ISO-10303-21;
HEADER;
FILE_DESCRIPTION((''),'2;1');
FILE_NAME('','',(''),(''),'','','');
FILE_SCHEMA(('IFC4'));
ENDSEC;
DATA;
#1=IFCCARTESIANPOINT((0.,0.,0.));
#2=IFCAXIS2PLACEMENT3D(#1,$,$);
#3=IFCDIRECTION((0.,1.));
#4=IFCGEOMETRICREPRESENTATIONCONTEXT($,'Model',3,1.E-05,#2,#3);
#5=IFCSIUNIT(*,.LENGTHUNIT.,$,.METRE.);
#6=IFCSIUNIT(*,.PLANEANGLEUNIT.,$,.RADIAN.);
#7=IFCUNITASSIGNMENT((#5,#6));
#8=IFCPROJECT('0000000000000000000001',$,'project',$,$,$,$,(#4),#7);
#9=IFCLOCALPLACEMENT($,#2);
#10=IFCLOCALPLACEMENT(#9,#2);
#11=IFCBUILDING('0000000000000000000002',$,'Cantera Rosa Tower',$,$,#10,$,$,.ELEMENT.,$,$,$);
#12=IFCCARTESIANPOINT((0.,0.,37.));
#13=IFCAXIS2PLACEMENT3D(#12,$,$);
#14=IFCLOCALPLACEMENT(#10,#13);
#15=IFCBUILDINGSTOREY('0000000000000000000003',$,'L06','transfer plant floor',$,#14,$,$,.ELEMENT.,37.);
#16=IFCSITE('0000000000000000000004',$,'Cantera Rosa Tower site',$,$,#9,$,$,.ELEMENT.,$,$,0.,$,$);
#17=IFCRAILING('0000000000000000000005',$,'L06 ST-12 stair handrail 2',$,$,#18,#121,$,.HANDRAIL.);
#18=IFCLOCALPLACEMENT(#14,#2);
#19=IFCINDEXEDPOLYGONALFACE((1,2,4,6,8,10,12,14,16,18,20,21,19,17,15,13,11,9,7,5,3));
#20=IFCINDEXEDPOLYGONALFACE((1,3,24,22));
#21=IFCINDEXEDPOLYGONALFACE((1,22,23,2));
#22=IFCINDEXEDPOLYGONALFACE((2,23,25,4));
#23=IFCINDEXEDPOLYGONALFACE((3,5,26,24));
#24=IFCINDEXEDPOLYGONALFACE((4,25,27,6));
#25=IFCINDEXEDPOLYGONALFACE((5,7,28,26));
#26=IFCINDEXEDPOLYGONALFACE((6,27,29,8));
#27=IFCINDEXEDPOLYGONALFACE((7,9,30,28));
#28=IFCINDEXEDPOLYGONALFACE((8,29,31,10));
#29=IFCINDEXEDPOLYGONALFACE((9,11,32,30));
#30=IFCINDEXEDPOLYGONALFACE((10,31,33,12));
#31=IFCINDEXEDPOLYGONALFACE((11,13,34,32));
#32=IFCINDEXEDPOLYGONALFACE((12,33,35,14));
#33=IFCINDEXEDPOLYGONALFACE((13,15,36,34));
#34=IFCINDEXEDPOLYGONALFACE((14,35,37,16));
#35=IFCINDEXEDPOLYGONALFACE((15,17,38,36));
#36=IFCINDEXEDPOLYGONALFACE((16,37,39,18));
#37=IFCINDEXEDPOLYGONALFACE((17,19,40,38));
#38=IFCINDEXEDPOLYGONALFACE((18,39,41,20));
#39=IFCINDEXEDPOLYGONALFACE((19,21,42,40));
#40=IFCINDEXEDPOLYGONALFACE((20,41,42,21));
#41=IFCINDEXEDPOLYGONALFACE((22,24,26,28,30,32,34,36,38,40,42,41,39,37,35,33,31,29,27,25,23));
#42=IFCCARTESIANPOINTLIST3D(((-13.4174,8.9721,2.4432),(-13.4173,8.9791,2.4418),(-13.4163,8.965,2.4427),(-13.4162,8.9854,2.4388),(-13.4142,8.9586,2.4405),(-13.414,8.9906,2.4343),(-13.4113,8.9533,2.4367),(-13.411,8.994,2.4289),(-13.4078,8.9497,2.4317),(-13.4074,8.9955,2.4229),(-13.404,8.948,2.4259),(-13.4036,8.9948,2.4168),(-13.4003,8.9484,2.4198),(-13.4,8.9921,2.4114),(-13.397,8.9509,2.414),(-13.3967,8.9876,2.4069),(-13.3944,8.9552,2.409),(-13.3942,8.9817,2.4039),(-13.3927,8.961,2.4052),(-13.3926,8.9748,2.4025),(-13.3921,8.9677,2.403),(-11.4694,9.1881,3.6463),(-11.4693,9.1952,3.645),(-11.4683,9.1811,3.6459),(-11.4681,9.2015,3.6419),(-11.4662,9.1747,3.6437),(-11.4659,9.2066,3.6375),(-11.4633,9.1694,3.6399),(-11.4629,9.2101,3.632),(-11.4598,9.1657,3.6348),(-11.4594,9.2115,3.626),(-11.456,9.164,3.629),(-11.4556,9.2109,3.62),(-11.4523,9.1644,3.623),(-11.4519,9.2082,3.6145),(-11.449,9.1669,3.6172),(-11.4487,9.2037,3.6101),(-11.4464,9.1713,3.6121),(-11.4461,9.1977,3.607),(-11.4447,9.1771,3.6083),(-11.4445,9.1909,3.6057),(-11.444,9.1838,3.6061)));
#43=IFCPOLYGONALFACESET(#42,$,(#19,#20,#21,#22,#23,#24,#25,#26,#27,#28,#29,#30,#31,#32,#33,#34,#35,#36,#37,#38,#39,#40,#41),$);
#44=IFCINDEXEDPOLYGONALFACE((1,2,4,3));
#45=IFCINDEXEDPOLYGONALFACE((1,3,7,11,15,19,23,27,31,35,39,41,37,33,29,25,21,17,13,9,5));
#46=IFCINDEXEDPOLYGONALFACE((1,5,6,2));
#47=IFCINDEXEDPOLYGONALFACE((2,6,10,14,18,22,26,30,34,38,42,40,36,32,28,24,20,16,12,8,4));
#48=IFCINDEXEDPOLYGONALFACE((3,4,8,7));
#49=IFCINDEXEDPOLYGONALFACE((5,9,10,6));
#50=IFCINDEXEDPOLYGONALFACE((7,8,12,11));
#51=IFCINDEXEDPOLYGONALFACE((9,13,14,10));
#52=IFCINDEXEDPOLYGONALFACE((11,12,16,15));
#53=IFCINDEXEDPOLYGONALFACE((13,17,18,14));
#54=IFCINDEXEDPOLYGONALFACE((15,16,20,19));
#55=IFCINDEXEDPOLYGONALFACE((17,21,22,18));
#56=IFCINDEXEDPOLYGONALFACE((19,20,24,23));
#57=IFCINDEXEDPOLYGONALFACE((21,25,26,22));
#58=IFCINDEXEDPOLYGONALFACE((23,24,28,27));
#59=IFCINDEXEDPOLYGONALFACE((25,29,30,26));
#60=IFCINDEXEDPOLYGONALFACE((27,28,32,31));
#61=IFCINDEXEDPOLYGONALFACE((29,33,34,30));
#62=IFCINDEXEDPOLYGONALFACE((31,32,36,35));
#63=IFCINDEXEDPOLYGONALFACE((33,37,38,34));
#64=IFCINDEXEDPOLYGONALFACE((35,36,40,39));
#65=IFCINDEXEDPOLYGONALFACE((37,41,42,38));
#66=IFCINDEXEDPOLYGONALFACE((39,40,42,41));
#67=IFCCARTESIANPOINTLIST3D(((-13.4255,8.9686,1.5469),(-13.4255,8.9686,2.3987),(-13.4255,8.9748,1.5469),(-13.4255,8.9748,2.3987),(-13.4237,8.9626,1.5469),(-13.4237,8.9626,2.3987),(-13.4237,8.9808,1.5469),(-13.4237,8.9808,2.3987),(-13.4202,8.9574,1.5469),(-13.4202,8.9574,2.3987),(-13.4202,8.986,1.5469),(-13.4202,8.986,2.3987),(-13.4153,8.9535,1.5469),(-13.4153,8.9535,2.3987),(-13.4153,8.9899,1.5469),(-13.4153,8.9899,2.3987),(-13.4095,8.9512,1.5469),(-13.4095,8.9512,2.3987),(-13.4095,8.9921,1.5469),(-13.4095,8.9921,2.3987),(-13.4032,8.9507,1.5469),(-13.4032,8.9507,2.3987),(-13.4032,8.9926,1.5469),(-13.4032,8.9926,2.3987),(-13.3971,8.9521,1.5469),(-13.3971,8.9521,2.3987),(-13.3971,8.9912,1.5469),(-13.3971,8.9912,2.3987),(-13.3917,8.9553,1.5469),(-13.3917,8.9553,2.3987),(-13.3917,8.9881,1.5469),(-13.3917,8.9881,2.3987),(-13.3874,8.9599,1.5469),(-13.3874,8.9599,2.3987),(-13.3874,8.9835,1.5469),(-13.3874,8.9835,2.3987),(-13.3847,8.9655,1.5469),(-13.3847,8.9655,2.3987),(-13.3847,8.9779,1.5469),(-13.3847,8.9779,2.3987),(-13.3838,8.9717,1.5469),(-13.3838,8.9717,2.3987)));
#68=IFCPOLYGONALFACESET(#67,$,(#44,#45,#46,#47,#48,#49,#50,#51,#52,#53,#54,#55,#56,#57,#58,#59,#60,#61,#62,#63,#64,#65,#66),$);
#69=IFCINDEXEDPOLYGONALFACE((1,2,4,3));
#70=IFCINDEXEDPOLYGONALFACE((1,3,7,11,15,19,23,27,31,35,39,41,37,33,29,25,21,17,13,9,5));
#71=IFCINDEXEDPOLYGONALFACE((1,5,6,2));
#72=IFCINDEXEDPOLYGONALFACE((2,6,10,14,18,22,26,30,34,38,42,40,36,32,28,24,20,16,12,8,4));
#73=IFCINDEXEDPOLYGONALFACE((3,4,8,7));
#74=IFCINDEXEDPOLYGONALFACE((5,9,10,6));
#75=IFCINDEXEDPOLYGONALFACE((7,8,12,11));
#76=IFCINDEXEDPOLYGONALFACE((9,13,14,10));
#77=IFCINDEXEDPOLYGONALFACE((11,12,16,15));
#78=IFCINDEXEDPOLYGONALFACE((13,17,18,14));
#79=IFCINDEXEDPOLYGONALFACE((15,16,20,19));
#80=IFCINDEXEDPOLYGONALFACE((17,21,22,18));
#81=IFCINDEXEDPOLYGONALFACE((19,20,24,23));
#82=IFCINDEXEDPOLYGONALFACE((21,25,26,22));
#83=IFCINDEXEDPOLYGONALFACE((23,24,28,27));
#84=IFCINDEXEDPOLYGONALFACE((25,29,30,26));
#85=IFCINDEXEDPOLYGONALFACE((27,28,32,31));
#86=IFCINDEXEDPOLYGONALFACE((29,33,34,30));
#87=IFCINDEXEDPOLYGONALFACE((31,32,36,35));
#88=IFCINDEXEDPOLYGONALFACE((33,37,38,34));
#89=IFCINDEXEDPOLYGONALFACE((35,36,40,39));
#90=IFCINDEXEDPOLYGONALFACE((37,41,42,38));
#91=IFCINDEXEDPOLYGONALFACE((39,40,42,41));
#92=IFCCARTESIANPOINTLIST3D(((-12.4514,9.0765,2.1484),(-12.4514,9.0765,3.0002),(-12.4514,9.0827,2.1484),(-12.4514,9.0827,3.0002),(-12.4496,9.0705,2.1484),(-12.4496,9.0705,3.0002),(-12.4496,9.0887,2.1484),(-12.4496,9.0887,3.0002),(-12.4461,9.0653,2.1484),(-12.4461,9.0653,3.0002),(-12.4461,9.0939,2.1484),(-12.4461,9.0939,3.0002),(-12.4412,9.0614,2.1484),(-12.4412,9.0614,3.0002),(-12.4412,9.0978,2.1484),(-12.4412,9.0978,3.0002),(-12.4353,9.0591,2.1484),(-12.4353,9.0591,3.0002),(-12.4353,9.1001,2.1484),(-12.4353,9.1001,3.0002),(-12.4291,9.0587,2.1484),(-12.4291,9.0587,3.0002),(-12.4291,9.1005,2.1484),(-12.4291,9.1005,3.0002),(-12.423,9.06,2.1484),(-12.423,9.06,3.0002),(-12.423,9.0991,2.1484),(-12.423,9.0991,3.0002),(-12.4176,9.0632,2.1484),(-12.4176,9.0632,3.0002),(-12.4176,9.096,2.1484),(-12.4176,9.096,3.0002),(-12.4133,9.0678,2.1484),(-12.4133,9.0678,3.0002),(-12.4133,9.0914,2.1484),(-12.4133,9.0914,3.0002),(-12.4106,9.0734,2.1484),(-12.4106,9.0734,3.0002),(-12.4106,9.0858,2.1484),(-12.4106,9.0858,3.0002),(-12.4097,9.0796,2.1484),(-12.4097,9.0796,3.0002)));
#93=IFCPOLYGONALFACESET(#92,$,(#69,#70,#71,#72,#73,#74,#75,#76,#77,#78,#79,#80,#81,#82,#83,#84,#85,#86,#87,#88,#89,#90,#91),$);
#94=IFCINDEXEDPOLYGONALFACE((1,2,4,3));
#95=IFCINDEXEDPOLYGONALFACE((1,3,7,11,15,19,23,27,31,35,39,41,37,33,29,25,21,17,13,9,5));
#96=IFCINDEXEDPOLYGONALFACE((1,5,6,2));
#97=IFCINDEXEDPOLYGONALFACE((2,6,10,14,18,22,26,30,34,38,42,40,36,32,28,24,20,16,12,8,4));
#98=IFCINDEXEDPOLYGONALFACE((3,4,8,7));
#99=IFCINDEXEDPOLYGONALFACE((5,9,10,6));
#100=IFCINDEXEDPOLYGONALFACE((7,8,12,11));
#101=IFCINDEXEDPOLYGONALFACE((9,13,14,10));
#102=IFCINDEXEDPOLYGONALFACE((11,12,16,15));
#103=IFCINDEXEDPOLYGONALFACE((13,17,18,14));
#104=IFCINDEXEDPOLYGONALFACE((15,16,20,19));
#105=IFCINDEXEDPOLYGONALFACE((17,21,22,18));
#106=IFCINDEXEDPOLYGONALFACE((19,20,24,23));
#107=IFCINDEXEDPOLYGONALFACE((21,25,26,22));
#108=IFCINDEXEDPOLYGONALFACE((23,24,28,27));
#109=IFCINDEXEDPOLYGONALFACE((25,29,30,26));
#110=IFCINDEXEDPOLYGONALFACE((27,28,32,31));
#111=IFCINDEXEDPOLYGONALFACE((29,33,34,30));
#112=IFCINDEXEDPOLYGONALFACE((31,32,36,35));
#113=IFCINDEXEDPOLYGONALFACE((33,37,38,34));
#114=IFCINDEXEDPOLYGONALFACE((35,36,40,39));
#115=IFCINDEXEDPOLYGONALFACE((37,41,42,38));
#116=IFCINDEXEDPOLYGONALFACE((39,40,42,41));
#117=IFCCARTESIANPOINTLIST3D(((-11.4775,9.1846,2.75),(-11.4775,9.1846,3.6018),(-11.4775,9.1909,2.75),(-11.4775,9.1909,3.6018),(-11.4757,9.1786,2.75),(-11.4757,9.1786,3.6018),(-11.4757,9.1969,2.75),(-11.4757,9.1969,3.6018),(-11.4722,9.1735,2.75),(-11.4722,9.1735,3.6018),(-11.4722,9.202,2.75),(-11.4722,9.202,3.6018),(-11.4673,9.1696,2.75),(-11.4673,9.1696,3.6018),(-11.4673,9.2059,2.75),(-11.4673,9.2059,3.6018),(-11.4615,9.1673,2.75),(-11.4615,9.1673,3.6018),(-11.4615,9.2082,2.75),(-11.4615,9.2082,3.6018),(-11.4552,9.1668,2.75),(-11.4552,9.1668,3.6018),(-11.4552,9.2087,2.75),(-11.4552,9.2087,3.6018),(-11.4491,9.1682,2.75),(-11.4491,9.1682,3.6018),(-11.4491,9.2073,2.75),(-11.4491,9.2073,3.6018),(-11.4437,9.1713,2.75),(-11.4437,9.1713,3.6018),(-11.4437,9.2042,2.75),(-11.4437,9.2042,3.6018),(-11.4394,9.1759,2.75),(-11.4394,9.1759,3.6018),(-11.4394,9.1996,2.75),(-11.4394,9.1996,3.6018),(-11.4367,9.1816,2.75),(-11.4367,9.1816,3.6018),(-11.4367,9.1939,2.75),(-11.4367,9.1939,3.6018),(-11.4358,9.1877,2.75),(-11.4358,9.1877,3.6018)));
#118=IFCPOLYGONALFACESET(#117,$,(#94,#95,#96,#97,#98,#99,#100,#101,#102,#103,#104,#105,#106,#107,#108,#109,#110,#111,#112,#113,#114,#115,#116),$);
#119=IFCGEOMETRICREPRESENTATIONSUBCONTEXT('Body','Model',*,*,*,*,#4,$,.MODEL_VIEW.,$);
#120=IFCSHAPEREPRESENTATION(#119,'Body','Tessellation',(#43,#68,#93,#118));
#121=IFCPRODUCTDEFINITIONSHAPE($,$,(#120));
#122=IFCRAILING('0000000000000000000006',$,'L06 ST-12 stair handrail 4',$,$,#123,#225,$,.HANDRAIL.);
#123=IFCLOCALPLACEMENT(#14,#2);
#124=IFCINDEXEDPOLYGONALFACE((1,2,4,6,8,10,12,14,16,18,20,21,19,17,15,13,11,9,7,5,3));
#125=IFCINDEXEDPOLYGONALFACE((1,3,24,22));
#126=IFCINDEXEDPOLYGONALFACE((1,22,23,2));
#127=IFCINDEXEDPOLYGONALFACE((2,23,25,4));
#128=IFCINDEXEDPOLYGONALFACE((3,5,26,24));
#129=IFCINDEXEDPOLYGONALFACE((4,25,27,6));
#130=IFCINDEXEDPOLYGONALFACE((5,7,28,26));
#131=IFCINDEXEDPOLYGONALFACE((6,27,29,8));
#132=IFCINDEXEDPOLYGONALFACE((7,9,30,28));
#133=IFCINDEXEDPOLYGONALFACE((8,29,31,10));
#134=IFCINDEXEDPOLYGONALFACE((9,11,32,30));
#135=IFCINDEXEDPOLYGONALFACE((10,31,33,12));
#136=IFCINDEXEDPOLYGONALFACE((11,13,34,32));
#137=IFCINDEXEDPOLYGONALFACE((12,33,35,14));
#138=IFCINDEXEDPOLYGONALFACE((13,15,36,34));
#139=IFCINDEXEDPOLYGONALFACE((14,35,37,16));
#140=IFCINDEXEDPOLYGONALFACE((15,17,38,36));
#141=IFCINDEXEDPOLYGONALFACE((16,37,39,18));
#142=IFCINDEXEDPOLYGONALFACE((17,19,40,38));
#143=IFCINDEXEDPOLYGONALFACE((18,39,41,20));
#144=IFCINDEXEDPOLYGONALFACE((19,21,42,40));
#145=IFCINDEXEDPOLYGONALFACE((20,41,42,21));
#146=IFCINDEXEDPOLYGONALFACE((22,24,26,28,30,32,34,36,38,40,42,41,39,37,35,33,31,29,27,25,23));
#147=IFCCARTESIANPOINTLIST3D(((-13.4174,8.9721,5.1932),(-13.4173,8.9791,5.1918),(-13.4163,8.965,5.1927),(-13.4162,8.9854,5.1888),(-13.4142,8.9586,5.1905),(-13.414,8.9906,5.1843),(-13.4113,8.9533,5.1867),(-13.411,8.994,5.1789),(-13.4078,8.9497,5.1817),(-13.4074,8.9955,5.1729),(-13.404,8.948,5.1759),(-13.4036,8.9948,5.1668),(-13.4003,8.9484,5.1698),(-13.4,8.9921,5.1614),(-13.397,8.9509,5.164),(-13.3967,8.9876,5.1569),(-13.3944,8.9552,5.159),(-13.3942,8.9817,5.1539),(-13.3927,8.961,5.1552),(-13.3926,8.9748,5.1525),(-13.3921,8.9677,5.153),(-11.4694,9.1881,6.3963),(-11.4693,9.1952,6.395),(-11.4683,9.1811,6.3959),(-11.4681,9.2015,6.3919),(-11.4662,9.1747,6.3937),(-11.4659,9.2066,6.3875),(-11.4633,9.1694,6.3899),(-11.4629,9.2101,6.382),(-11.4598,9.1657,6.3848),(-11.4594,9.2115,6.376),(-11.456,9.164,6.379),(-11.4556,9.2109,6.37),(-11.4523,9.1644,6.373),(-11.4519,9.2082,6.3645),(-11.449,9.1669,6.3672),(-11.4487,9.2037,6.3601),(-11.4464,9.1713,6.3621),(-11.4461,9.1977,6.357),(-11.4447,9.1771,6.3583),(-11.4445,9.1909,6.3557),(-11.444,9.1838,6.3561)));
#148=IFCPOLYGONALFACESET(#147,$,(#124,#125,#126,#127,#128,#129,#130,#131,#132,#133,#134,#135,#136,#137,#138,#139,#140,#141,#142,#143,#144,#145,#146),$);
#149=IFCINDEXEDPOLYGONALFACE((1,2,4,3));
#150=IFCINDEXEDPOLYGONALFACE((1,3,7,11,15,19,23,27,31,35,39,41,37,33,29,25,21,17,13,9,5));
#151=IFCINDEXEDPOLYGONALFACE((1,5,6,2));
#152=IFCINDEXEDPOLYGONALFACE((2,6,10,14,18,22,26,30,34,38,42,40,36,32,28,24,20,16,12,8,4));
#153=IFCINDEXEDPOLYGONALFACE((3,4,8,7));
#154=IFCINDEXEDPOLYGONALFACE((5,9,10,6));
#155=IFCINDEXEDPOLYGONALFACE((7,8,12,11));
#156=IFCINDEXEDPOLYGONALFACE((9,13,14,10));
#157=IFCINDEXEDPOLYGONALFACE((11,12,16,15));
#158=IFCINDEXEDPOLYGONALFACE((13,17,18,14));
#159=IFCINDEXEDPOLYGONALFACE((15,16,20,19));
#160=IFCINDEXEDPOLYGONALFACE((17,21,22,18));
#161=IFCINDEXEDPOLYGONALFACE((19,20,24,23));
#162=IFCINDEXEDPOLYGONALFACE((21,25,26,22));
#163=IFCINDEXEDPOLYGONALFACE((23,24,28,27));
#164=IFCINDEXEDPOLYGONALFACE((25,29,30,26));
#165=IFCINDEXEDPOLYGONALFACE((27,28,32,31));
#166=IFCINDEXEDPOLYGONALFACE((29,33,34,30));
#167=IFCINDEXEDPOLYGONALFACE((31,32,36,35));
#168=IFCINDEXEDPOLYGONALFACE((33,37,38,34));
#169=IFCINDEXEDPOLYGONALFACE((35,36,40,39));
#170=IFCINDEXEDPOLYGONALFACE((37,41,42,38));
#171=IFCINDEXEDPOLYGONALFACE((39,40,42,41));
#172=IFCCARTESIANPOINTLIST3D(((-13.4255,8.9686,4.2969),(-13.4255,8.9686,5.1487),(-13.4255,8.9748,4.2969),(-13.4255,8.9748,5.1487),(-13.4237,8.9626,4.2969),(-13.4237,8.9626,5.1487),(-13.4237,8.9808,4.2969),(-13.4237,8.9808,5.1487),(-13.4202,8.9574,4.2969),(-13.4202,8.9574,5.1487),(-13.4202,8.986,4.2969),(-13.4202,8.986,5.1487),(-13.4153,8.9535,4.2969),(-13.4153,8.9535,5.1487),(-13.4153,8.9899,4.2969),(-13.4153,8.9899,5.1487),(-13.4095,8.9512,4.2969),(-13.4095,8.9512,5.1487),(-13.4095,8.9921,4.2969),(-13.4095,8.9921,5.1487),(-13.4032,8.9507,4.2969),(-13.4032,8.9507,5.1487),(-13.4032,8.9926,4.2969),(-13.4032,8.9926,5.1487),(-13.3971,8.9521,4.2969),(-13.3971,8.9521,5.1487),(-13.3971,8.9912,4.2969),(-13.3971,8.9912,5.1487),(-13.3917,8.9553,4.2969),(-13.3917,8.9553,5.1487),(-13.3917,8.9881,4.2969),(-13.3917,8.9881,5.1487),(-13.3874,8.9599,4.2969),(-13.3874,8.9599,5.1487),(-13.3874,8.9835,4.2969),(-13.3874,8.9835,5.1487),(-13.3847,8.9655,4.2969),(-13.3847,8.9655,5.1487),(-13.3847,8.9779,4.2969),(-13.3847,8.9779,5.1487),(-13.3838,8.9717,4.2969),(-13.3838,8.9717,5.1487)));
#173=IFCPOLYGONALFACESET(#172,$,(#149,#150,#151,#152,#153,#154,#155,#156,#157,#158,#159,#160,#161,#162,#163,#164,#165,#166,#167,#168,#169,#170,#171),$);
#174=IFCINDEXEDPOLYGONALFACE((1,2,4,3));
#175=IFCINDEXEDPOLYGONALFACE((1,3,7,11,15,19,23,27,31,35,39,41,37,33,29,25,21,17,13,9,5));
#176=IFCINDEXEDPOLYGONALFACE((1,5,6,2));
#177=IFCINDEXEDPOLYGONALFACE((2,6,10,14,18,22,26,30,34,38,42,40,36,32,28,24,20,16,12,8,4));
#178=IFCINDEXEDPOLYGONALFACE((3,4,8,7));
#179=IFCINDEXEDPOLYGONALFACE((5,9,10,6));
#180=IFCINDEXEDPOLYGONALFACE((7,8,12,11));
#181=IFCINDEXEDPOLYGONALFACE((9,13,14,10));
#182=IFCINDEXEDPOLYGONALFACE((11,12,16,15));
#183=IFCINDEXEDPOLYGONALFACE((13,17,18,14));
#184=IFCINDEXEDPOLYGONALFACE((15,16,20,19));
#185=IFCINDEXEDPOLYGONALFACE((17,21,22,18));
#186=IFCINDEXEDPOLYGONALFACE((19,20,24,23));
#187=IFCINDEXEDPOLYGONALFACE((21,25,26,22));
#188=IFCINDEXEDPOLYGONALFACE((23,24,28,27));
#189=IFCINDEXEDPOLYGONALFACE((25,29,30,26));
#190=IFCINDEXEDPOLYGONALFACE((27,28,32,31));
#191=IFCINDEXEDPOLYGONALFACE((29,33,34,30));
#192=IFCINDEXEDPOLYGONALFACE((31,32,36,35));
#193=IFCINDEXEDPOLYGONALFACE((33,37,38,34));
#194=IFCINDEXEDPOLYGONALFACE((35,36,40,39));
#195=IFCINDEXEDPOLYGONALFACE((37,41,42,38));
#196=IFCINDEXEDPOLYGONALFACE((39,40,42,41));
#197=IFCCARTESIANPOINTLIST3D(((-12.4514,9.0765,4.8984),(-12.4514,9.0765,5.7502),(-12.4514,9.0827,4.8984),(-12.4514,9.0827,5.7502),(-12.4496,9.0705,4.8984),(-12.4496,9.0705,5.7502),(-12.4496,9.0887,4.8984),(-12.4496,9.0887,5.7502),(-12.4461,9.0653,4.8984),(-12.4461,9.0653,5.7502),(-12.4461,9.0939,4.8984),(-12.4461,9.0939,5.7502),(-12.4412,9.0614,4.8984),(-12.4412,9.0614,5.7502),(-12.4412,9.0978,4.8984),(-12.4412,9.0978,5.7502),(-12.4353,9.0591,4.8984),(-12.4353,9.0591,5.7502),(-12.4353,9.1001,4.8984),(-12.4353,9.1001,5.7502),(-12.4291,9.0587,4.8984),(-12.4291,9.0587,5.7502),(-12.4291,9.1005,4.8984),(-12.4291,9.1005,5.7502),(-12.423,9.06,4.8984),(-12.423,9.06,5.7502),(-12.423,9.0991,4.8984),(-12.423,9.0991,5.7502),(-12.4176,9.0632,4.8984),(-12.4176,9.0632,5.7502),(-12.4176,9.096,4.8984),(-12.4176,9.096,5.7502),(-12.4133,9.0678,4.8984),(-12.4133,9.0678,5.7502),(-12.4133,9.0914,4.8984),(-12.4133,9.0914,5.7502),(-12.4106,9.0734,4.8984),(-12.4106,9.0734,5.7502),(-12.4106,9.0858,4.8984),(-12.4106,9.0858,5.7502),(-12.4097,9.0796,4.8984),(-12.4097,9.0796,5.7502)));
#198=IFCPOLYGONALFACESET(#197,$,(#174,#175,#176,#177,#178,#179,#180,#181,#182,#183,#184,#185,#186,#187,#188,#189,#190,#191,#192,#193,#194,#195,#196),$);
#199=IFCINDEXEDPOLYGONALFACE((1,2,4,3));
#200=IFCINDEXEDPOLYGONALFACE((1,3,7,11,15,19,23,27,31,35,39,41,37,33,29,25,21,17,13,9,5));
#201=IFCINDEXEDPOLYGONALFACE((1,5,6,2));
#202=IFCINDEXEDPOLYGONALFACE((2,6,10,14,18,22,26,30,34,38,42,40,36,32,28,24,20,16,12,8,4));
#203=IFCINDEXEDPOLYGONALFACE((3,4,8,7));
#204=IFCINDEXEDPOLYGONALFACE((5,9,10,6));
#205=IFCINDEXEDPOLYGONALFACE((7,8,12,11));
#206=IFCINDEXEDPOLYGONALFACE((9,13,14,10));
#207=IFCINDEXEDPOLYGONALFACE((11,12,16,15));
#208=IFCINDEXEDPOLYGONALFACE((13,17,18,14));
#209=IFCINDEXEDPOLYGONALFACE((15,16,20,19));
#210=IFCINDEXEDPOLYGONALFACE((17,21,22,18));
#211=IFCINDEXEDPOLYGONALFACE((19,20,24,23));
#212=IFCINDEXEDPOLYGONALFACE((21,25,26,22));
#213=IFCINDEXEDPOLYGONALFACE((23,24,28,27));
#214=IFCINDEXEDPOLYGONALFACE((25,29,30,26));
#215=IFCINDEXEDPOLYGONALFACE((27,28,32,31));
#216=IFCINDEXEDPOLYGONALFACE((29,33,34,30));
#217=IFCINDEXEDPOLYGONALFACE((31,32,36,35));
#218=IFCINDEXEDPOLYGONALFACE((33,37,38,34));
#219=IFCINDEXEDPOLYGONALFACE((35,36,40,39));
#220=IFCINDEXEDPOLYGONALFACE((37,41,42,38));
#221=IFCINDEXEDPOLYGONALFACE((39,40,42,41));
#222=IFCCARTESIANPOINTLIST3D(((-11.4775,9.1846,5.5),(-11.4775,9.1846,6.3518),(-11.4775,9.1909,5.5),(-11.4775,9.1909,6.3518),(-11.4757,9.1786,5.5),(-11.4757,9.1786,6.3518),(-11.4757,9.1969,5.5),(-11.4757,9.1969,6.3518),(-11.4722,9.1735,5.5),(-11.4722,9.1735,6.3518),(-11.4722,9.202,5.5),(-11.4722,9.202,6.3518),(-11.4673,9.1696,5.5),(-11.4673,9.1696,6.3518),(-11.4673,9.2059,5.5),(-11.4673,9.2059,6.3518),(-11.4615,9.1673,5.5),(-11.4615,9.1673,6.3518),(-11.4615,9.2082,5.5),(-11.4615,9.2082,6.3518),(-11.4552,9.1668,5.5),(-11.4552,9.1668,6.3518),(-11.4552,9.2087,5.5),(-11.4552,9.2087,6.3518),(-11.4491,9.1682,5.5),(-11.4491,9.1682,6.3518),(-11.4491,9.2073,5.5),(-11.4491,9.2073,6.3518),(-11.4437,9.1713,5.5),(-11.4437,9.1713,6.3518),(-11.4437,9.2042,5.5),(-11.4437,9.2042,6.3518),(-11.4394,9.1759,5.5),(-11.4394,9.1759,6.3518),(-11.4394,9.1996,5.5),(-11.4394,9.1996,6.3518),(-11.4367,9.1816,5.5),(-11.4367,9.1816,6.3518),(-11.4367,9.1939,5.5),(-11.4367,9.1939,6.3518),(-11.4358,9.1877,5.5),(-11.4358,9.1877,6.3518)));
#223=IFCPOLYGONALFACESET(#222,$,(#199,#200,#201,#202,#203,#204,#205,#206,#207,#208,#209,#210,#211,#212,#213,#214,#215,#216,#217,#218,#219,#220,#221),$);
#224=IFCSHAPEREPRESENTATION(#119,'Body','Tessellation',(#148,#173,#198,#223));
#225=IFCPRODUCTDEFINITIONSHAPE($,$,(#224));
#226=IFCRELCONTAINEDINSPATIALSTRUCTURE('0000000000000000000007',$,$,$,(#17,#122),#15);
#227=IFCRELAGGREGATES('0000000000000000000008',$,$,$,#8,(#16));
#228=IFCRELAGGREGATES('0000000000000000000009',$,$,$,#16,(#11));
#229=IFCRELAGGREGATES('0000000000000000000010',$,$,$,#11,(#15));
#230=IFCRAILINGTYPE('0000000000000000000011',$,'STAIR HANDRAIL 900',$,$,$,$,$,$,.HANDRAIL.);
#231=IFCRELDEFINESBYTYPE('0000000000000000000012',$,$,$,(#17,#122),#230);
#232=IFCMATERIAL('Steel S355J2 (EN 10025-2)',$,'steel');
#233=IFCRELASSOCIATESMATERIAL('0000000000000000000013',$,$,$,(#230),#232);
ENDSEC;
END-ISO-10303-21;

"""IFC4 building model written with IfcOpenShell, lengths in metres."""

from ifc_helpers import new_model, si_unit, direction, frame, origin, origin_2d, place, context, subcontext, project, spatial, circle, extrude, material, type_object, element, save


model = new_model("IFC4")

# Units and contexts
model_context = context("Model", 3, precision=1e-05, world=origin(), true_north=direction((0.0, 1.0)))
body_context = subcontext(model_context, "Body", "Model", "MODEL_VIEW")
ifc_project = project(units=[si_unit("LENGTHUNIT", "METRE"), si_unit("PLANEANGLEUNIT", "RADIAN")], contexts=[model_context])

# Site, building, storey
site_placement = place(None, origin())
site = spatial("IfcSite", under=ifc_project, at=site_placement, Name="Cantera Rosa Tower site", CompositionType="ELEMENT", RefElevation=0.0)
building_placement = place(site_placement, origin())
building = spatial("IfcBuilding", under=site, at=building_placement, Name="Cantera Rosa Tower", CompositionType="ELEMENT")
storey_placement = place(building_placement, frame((0.0, 0.0, 37.0)))
storey = spatial("IfcBuildingStorey", under=building, at=storey_placement, Name="L06", Description="transfer plant floor", CompositionType="ELEMENT", Elevation=37.0)

# Railings
ifc_material_1 = material(Name="Steel S355J2 (EN 10025-2)", Category="steel")
railing_type_1 = type_object("IfcRailingType", Name="STAIR HANDRAIL 900", PredefinedType="HANDRAIL", material=ifc_material_1)
for number, where, name in (
    (1, (-13.4048, 8.9717, 1.5469), "L06 ST-12 stair handrail 2"),
    (2, (-13.4048, 8.9717, 4.2969), "L06 ST-12 stair handrail 4"),
):
    element("IfcRailing", number, at=place(storey_placement, frame(where)), inside=storey, type_object=railing_type_1, Name=name, PredefinedType="HANDRAIL", context=body_context, shape_type="SweptSolid", body=[
        extrude(circle(Radius=0.0239, at=origin_2d()), frame((0.0, 0.0, 0.876), z_axis=(0.847045, 0.093951, 0.523153), x_axis=(-0.11024, 0.993905, 0.0)), (0.0, 0.0, 1.0), 2.2998),
        extrude(circle(Radius=0.021, at=origin_2d()), origin(), (0.0, 0.0, 1.0), 0.8518),
        extrude(circle(Radius=0.021, at=origin_2d()), frame((0.9741, 0.1079, 0.6016)), (0.0, 0.0, 1.0), 0.8518),
        extrude(circle(Radius=0.021, at=origin_2d()), frame((1.948, 0.2161, 1.2031)), (0.0, 0.0, 1.0), 0.8518),
    ])

save(model, "model.ifc")
